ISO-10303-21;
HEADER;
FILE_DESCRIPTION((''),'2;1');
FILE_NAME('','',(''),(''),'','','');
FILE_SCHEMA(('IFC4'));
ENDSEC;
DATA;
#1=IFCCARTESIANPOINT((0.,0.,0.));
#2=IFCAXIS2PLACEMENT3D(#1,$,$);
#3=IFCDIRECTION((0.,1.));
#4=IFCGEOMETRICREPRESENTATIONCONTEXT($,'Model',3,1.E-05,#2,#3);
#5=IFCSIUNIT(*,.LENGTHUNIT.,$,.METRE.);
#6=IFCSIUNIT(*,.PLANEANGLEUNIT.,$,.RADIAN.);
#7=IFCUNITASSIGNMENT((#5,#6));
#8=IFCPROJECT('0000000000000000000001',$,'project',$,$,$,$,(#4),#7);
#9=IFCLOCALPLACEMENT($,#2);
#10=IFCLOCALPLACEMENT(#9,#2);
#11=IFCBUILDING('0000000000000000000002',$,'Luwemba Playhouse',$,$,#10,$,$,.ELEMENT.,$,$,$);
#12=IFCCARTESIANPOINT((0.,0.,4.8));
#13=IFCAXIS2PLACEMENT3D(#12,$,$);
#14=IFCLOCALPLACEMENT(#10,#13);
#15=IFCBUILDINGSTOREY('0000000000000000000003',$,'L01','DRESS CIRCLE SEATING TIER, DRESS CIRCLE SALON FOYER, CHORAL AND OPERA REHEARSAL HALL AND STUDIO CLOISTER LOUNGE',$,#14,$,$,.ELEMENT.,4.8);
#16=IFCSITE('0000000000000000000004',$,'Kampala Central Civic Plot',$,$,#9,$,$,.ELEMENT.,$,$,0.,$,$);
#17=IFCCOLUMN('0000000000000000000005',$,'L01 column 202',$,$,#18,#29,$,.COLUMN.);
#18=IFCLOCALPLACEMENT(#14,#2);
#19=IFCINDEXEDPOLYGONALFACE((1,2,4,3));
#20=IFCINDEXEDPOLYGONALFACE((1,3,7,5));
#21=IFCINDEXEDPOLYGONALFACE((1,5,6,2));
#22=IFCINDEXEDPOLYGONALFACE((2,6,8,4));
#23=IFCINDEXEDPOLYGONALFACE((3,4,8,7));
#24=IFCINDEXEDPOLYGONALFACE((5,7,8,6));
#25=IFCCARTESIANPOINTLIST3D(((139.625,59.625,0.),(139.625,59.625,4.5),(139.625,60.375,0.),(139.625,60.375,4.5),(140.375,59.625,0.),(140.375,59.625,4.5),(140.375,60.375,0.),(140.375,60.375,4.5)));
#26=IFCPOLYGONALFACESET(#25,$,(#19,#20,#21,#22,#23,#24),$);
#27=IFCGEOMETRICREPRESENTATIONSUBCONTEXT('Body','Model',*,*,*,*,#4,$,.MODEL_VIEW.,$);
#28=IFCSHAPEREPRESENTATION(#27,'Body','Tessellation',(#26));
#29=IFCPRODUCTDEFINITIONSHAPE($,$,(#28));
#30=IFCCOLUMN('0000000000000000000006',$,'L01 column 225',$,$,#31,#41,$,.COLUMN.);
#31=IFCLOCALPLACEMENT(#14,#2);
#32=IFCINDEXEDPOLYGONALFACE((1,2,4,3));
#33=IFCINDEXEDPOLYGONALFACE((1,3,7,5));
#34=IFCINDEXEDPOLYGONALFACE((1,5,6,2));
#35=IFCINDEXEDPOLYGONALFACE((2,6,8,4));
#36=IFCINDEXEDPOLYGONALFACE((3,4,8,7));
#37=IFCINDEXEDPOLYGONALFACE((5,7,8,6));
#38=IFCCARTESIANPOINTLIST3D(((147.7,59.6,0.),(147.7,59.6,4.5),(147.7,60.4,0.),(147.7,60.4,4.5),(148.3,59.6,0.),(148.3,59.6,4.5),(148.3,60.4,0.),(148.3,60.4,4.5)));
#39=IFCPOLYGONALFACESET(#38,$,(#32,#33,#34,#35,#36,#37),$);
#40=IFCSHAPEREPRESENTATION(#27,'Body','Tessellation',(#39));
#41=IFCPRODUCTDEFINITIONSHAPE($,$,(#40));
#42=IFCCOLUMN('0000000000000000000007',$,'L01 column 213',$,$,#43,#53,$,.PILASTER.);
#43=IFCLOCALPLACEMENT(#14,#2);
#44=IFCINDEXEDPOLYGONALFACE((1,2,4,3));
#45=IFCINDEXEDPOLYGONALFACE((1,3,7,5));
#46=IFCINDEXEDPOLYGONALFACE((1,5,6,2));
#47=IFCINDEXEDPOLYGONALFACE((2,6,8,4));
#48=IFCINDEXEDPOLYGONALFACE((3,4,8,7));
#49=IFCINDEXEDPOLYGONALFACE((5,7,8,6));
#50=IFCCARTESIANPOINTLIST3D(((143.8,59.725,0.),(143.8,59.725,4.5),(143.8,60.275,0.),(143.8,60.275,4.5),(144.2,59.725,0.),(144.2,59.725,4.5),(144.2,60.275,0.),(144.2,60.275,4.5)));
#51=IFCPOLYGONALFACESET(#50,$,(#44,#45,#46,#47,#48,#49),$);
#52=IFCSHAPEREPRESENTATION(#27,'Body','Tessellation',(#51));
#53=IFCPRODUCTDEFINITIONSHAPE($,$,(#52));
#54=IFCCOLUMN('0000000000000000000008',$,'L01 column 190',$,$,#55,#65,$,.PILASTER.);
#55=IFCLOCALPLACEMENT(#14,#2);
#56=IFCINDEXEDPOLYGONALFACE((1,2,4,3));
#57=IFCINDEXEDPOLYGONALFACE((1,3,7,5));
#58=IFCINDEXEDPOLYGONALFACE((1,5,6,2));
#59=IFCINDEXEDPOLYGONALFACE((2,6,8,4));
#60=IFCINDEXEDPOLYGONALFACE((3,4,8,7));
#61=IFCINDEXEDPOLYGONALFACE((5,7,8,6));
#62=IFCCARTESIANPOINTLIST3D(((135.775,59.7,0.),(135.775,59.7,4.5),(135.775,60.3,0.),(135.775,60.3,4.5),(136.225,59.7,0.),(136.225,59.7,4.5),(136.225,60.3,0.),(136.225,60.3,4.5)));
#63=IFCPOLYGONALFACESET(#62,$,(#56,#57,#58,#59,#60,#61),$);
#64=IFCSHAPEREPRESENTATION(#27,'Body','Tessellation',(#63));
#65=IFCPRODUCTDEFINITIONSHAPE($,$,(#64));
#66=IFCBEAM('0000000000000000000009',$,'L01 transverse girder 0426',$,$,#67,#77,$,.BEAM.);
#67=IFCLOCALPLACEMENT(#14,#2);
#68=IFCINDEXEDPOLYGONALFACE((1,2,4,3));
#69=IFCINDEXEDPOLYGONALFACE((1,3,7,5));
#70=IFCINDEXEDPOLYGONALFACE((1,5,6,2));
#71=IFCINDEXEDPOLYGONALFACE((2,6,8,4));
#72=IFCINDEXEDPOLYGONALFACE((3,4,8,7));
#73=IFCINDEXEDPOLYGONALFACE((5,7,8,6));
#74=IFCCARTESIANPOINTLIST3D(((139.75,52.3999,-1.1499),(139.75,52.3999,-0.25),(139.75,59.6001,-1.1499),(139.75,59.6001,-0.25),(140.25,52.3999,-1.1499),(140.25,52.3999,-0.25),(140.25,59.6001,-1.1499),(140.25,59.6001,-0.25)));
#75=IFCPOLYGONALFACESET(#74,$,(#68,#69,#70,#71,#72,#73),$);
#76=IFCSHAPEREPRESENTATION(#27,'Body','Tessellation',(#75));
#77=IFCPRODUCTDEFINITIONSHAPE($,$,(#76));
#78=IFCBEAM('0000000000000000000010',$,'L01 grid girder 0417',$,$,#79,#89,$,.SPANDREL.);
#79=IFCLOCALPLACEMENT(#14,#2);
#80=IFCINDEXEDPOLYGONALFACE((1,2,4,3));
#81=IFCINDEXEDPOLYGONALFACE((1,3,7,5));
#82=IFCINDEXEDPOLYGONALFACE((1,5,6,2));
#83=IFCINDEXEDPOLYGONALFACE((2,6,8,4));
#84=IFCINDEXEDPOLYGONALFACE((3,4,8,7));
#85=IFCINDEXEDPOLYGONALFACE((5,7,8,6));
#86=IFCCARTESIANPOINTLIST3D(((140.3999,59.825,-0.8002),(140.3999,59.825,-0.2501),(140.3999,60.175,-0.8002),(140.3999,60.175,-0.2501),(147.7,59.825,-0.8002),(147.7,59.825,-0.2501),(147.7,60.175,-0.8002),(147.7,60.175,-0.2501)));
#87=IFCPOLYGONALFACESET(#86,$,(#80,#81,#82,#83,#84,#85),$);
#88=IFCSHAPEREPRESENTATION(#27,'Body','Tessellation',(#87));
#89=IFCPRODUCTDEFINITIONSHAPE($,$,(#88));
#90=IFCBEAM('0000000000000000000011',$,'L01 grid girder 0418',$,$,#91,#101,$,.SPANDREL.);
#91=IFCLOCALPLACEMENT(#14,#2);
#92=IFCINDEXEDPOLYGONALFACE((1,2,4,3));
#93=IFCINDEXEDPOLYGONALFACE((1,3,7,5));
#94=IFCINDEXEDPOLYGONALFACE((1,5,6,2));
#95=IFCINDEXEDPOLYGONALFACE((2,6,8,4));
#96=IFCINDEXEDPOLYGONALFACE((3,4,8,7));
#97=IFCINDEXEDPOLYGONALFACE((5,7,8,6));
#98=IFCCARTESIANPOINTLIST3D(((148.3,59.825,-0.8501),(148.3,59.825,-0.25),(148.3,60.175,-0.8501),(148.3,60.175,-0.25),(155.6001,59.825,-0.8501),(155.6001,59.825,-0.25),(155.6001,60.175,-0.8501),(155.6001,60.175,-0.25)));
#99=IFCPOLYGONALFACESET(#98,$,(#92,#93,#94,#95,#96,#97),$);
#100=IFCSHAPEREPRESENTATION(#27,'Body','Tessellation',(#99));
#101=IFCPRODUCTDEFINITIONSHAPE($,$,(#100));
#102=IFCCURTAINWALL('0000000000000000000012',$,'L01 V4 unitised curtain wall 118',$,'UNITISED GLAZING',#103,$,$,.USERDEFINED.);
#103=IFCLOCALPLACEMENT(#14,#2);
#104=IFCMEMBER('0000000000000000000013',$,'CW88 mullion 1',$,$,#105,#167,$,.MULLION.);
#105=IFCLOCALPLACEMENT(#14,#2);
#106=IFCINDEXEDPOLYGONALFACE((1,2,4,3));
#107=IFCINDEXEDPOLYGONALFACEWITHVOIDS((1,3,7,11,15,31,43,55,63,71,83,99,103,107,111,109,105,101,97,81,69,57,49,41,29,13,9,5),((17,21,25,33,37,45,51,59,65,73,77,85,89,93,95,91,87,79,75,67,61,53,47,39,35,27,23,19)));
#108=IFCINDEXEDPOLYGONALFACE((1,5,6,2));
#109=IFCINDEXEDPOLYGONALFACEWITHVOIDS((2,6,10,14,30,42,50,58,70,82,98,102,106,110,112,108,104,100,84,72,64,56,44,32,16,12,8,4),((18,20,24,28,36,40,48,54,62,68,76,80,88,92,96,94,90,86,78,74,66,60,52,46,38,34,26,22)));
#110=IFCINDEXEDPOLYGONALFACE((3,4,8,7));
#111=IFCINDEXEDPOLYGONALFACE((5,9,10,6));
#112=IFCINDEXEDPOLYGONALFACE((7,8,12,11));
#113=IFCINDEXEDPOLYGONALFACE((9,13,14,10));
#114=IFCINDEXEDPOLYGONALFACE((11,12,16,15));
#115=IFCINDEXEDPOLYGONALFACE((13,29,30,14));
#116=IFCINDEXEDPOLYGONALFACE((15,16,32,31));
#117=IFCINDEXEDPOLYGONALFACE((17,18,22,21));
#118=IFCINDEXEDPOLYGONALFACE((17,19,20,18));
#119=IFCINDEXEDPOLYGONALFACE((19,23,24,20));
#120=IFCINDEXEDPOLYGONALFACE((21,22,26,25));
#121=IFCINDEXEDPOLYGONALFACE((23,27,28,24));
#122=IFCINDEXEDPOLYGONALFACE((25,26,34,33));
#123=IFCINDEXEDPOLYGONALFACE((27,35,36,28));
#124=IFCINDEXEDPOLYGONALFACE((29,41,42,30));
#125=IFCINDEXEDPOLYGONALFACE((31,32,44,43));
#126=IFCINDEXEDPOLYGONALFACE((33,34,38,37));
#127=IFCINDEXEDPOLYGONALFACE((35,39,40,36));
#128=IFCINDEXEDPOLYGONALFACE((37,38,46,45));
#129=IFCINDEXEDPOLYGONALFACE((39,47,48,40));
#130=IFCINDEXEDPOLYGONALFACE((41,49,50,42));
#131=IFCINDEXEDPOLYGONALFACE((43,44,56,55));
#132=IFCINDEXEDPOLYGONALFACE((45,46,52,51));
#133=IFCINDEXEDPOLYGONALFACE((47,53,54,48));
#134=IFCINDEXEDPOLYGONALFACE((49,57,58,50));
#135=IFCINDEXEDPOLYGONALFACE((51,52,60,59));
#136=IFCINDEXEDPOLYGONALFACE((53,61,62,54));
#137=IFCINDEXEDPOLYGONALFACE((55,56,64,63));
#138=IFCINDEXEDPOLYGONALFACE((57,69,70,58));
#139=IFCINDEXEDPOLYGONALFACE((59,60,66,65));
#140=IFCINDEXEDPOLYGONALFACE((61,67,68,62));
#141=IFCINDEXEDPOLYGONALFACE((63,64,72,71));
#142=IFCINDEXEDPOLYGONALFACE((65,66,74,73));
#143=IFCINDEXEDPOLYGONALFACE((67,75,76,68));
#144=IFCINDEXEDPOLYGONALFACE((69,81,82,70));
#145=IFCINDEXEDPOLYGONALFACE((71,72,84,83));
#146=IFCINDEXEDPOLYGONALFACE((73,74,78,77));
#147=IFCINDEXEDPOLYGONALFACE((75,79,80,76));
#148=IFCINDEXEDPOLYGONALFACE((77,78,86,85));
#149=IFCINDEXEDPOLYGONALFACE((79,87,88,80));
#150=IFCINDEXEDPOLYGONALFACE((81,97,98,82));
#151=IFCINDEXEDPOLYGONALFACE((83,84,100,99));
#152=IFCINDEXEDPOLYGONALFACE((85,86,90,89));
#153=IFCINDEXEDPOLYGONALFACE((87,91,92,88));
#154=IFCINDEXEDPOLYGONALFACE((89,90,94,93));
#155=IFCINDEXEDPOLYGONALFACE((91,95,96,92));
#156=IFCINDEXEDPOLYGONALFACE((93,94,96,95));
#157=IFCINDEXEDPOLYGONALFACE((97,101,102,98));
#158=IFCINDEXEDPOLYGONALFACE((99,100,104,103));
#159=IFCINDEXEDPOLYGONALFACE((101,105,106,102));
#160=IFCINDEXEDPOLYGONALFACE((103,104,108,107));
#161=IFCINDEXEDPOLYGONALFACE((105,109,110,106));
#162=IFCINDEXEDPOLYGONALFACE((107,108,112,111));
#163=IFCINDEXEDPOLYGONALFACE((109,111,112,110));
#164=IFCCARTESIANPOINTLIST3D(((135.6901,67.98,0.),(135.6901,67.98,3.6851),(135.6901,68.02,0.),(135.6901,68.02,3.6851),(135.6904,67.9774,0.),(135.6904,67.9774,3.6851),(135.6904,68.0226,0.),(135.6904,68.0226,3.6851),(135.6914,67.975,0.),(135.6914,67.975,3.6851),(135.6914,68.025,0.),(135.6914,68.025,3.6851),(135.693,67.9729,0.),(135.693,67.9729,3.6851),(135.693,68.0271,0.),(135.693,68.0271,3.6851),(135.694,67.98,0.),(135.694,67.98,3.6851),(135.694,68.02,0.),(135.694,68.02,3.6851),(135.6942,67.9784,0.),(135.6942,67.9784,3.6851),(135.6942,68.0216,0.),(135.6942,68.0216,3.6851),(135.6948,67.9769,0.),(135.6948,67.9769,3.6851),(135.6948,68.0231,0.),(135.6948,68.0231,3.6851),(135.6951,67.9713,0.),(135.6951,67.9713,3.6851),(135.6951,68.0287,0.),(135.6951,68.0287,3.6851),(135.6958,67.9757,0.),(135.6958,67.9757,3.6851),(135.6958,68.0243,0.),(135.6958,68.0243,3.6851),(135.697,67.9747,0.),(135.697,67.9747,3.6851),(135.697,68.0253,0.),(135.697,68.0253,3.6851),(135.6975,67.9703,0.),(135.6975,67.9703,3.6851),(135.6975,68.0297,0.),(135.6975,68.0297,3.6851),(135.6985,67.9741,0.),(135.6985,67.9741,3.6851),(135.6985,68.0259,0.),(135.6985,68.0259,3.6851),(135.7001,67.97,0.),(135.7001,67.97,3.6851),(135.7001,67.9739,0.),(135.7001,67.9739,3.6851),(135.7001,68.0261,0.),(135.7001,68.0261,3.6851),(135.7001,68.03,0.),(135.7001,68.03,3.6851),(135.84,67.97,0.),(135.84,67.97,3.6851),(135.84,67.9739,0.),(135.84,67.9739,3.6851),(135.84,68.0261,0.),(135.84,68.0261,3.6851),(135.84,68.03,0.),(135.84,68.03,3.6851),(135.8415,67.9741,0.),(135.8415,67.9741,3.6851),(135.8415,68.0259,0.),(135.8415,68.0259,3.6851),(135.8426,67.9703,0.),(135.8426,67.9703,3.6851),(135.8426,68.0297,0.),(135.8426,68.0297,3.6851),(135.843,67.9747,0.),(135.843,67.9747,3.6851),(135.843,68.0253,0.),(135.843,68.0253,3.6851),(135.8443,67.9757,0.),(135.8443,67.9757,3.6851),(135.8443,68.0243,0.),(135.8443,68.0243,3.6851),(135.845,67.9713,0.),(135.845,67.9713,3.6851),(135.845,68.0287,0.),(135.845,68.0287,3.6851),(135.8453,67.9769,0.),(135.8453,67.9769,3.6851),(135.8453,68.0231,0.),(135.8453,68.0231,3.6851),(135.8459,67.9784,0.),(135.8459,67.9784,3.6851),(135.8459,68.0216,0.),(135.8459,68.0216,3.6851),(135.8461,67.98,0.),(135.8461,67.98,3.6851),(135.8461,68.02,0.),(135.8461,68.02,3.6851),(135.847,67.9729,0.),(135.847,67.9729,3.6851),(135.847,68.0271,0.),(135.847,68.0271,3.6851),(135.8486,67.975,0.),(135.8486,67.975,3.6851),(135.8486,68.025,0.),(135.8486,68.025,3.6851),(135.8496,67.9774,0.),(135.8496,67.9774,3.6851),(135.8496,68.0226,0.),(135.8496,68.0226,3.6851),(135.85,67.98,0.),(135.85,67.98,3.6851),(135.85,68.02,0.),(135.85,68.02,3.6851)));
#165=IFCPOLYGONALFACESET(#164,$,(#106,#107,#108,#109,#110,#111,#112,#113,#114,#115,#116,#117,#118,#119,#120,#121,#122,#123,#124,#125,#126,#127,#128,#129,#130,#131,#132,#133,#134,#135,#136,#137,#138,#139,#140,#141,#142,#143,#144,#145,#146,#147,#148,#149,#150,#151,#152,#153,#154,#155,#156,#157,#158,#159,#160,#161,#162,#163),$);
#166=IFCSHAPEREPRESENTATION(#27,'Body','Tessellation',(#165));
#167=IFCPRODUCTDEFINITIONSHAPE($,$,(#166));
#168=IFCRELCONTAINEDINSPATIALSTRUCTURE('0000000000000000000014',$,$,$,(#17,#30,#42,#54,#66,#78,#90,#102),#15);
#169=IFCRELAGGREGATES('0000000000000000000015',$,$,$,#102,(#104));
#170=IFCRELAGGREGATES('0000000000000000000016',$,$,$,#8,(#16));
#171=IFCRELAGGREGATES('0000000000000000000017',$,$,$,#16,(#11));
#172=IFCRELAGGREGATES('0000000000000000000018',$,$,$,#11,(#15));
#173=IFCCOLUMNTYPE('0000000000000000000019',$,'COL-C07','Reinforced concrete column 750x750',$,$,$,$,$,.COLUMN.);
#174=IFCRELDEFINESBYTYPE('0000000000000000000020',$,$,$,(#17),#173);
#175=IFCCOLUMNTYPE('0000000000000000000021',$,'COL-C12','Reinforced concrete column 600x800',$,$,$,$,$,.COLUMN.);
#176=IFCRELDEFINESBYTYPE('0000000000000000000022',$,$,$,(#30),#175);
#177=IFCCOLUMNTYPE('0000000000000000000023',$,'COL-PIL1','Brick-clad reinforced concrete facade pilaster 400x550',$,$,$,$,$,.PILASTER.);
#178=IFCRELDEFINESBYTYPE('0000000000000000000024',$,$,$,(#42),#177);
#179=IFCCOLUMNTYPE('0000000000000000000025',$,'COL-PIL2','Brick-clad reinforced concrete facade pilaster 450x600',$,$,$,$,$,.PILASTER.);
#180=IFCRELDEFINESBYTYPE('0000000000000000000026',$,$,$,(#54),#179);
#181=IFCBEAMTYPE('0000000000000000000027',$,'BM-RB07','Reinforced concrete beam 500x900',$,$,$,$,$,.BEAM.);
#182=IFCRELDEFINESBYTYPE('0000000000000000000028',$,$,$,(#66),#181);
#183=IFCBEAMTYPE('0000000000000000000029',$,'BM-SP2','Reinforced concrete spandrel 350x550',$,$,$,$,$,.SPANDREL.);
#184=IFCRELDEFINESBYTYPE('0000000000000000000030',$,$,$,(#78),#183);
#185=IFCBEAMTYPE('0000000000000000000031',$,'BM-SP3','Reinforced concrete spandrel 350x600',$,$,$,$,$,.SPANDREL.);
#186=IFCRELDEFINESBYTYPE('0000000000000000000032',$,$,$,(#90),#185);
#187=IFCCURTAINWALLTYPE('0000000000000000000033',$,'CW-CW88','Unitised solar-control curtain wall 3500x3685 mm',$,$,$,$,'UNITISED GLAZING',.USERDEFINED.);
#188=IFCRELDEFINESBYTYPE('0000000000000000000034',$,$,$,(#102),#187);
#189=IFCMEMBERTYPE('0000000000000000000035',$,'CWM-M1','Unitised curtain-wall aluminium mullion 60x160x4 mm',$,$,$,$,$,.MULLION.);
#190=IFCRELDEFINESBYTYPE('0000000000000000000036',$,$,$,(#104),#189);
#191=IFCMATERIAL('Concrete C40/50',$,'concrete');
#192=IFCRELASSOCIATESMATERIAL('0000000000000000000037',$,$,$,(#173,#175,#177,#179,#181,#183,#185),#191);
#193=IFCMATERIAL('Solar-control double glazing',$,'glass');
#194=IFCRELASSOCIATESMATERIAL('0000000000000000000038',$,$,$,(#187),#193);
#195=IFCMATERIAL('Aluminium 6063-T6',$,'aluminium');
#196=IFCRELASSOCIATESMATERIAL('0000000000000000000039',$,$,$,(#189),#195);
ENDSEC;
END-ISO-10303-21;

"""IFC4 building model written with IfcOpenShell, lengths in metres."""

from ifc_helpers import new_model, si_unit, direction, frame, origin, origin_2d, place, context, subcontext, project, spatial, rectangle, hollow_rectangle, extrude, material, material_profile, profile_set, type_object, element, aggregate, save


model = new_model("IFC4")

# Units and contexts
model_context = context("Model", 3, precision=1e-05, world=origin(), true_north=direction((0.0, 1.0)))
body_context = subcontext(model_context, "Body", "Model", "MODEL_VIEW")
ifc_project = project(units=[si_unit("LENGTHUNIT", "METRE"), si_unit("PLANEANGLEUNIT", "RADIAN")], contexts=[model_context])

# Site, building, storey
site_placement = place(None, origin())
site = spatial("IfcSite", under=ifc_project, at=site_placement, Name="Kampala Central Civic Plot", CompositionType="ELEMENT", RefElevation=0.0)
building_placement = place(site_placement, origin())
building = spatial("IfcBuilding", under=site, at=building_placement, Name="Luwemba Playhouse", CompositionType="ELEMENT")
storey_placement = place(building_placement, frame((0.0, 0.0, 4.8)))
storey = spatial("IfcBuildingStorey", under=building, at=storey_placement, Name="L01", Description="DRESS CIRCLE SEATING TIER, DRESS CIRCLE SALON FOYER, CHORAL AND OPERA REHEARSAL HALL AND STUDIO CLOISTER LOUNGE", CompositionType="ELEMENT", Elevation=4.8)

# Columns
ifc_material_1 = material(Name="Concrete C40/50", Category="concrete")
ifc_material_profile_1 = material_profile(ifc_material_1, rectangle(XDim=0.75, YDim=0.75, at=origin_2d()))
ifc_profile_set_1 = profile_set([ifc_material_profile_1], Name="Concrete C40/50")
column_type_1 = type_object("IfcColumnType", Name="COL-C07", Description="Reinforced concrete column 750x750", PredefinedType="COLUMN", material=ifc_profile_set_1)
column_1_placement = place(storey_placement, frame((140.0, 60.0, 0.0), z_axis=(0.0, 0.0, 1.0), x_axis=(1.0, 0.0, 0.0)))
element("IfcColumn", 1, at=column_1_placement, inside=storey, type_object=column_type_1, Name="L01 column 202", PredefinedType="COLUMN", context=body_context, shape_type="SweptSolid", body=[
    extrude(rectangle(XDim=0.75, YDim=0.75, at=origin_2d()), origin(), (0.0, 0.0, 1.0), 4.5),
])
ifc_material_profile_2 = material_profile(ifc_material_1, rectangle(XDim=0.6001, YDim=0.8, at=origin_2d()))
ifc_profile_set_2 = profile_set([ifc_material_profile_2], Name="Concrete C40/50")
column_type_2 = type_object("IfcColumnType", Name="COL-C12", Description="Reinforced concrete column 600x800", PredefinedType="COLUMN", material=ifc_profile_set_2)
column_2_placement = place(storey_placement, frame((148.0, 60.0, 0.0), z_axis=(0.0, 0.0, 1.0), x_axis=(1.0, 0.0, 0.0)))
element("IfcColumn", 2, at=column_2_placement, inside=storey, type_object=column_type_2, Name="L01 column 225", PredefinedType="COLUMN", context=body_context, shape_type="SweptSolid", body=[
    extrude(rectangle(XDim=0.6001, YDim=0.8, at=origin_2d()), origin(), (0.0, 0.0, 1.0), 4.5),
])
ifc_material_profile_3 = material_profile(ifc_material_1, rectangle(XDim=0.3999, YDim=0.55, at=origin_2d()))
ifc_profile_set_3 = profile_set([ifc_material_profile_3], Name="Concrete C40/50")
column_type_3 = type_object("IfcColumnType", Name="COL-PIL1", Description="Brick-clad reinforced concrete facade pilaster 400x550", PredefinedType="PILASTER", material=ifc_profile_set_3)
column_3_placement = place(storey_placement, frame((144.0, 60.0, 0.0), z_axis=(0.0, 0.0, 1.0), x_axis=(1.0, 0.0, 0.0)))
element("IfcColumn", 3, at=column_3_placement, inside=storey, type_object=column_type_3, Name="L01 column 213", PredefinedType="PILASTER", context=body_context, shape_type="SweptSolid", body=[
    extrude(rectangle(XDim=0.3999, YDim=0.55, at=origin_2d()), origin(), (0.0, 0.0, 1.0), 4.5),
])
ifc_material_profile_4 = material_profile(ifc_material_1, rectangle(XDim=0.45, YDim=0.6001, at=origin_2d()))
ifc_profile_set_4 = profile_set([ifc_material_profile_4], Name="Concrete C40/50")
column_type_4 = type_object("IfcColumnType", Name="COL-PIL2", Description="Brick-clad reinforced concrete facade pilaster 450x600", PredefinedType="PILASTER", material=ifc_profile_set_4)
column_4_placement = place(storey_placement, frame((136.0, 60.0, 0.0), z_axis=(0.0, 0.0, 1.0), x_axis=(1.0, 0.0, 0.0)))
element("IfcColumn", 4, at=column_4_placement, inside=storey, type_object=column_type_4, Name="L01 column 190", PredefinedType="PILASTER", context=body_context, shape_type="SweptSolid", body=[
    extrude(rectangle(XDim=0.45, YDim=0.6001, at=origin_2d()), origin(), (0.0, 0.0, 1.0), 4.5),
])

# Beams
ifc_material_profile_5 = material_profile(ifc_material_1, rectangle(XDim=0.5, YDim=0.8999, at=origin_2d()))
ifc_profile_set_5 = profile_set([ifc_material_profile_5], Name="Concrete C40/50")
beam_type_1 = type_object("IfcBeamType", Name="BM-RB07", Description="Reinforced concrete beam 500x900", PredefinedType="BEAM", material=ifc_profile_set_5)
beam_1_placement = place(storey_placement, frame((140.0, 52.3999, -0.7), z_axis=(0.0, 1.0, 0.0), x_axis=(-1.0, 0.0, 0.0)))
element("IfcBeam", 5, at=beam_1_placement, inside=storey, type_object=beam_type_1, Name="L01 transverse girder 0426", PredefinedType="BEAM", context=body_context, shape_type="SweptSolid", body=[
    extrude(rectangle(XDim=0.5, YDim=0.8999, at=origin_2d()), origin(), (0.0, 0.0, 1.0), 7.2002),
])
ifc_material_profile_6 = material_profile(ifc_material_1, rectangle(XDim=0.3501, YDim=0.55, at=origin_2d()))
ifc_profile_set_6 = profile_set([ifc_material_profile_6], Name="Concrete C40/50")
beam_type_2 = type_object("IfcBeamType", Name="BM-SP2", Description="Reinforced concrete spandrel 350x550", PredefinedType="SPANDREL", material=ifc_profile_set_6)
beam_2_placement = place(storey_placement, frame((140.3999, 60.0, -0.5251), z_axis=(1.0, 0.0, 0.0), x_axis=(0.0, 1.0, 0.0)))
element("IfcBeam", 6, at=beam_2_placement, inside=storey, type_object=beam_type_2, Name="L01 grid girder 0417", PredefinedType="SPANDREL", context=body_context, shape_type="SweptSolid", body=[
    extrude(rectangle(XDim=0.3501, YDim=0.55, at=origin_2d()), origin(), (0.0, 0.0, 1.0), 7.3),
])
ifc_material_profile_7 = material_profile(ifc_material_1, rectangle(XDim=0.3501, YDim=0.6001, at=origin_2d()))
ifc_profile_set_7 = profile_set([ifc_material_profile_7], Name="Concrete C40/50")
beam_type_3 = type_object("IfcBeamType", Name="BM-SP3", Description="Reinforced concrete spandrel 350x600", PredefinedType="SPANDREL", material=ifc_profile_set_7)
beam_3_placement = place(storey_placement, frame((148.3, 60.0, -0.55), z_axis=(1.0, 0.0, 0.0), x_axis=(0.0, 1.0, 0.0)))
element("IfcBeam", 7, at=beam_3_placement, inside=storey, type_object=beam_type_3, Name="L01 grid girder 0418", PredefinedType="SPANDREL", context=body_context, shape_type="SweptSolid", body=[
    extrude(rectangle(XDim=0.3501, YDim=0.6001, at=origin_2d()), origin(), (0.0, 0.0, 1.0), 7.3),
])

# Curtain wall, member
ifc_material_2 = material(Name="Solar-control double glazing", Category="glass")
curtain_wall_type = type_object("IfcCurtainWallType", Name="CW-CW88", Description="Unitised solar-control curtain wall 3500x3685 mm", ElementType="UNITISED GLAZING", PredefinedType="USERDEFINED", material=ifc_material_2)
curtain_wall_placement = place(storey_placement, origin())
curtain_wall = element("IfcCurtainWall", 8, at=curtain_wall_placement, inside=storey, type_object=curtain_wall_type, Name="L01 V4 unitised curtain wall 118", ObjectType="UNITISED GLAZING", PredefinedType="USERDEFINED")
ifc_material_3 = material(Name="Aluminium 6063-T6", Category="aluminium")
ifc_material_profile_8 = material_profile(ifc_material_3, hollow_rectangle(XDim=0.0601, YDim=0.1599, WallThickness=0.0039, InnerFilletRadius=0.0061, OuterFilletRadius=0.01, at=origin_2d()))
ifc_profile_set_8 = profile_set([ifc_material_profile_8], Name="Aluminium 6063-T6")
member_type_1 = type_object("IfcMemberType", Name="CWM-M1", Description="Unitised curtain-wall aluminium mullion 60x160x4 mm", PredefinedType="MULLION", material=ifc_profile_set_8)
member_1_placement = place(storey_placement, frame((135.77, 68.0, 0.0), z_axis=(0.0, 0.0, 1.0), x_axis=(0.0, -1.0, 0.0)))
member_1 = element("IfcMember", 9, at=member_1_placement, type_object=member_type_1, Name="CW88 mullion 1", PredefinedType="MULLION", context=body_context, shape_type="SweptSolid", body=[
    extrude(hollow_rectangle(XDim=0.0601, YDim=0.1599, WallThickness=0.0039, InnerFilletRadius=0.0061, OuterFilletRadius=0.01, at=origin_2d()), origin(), (0.0, 0.0, 1.0), 3.6851),
])
aggregate(curtain_wall, [member_1])

save(model, "model.ifc")
